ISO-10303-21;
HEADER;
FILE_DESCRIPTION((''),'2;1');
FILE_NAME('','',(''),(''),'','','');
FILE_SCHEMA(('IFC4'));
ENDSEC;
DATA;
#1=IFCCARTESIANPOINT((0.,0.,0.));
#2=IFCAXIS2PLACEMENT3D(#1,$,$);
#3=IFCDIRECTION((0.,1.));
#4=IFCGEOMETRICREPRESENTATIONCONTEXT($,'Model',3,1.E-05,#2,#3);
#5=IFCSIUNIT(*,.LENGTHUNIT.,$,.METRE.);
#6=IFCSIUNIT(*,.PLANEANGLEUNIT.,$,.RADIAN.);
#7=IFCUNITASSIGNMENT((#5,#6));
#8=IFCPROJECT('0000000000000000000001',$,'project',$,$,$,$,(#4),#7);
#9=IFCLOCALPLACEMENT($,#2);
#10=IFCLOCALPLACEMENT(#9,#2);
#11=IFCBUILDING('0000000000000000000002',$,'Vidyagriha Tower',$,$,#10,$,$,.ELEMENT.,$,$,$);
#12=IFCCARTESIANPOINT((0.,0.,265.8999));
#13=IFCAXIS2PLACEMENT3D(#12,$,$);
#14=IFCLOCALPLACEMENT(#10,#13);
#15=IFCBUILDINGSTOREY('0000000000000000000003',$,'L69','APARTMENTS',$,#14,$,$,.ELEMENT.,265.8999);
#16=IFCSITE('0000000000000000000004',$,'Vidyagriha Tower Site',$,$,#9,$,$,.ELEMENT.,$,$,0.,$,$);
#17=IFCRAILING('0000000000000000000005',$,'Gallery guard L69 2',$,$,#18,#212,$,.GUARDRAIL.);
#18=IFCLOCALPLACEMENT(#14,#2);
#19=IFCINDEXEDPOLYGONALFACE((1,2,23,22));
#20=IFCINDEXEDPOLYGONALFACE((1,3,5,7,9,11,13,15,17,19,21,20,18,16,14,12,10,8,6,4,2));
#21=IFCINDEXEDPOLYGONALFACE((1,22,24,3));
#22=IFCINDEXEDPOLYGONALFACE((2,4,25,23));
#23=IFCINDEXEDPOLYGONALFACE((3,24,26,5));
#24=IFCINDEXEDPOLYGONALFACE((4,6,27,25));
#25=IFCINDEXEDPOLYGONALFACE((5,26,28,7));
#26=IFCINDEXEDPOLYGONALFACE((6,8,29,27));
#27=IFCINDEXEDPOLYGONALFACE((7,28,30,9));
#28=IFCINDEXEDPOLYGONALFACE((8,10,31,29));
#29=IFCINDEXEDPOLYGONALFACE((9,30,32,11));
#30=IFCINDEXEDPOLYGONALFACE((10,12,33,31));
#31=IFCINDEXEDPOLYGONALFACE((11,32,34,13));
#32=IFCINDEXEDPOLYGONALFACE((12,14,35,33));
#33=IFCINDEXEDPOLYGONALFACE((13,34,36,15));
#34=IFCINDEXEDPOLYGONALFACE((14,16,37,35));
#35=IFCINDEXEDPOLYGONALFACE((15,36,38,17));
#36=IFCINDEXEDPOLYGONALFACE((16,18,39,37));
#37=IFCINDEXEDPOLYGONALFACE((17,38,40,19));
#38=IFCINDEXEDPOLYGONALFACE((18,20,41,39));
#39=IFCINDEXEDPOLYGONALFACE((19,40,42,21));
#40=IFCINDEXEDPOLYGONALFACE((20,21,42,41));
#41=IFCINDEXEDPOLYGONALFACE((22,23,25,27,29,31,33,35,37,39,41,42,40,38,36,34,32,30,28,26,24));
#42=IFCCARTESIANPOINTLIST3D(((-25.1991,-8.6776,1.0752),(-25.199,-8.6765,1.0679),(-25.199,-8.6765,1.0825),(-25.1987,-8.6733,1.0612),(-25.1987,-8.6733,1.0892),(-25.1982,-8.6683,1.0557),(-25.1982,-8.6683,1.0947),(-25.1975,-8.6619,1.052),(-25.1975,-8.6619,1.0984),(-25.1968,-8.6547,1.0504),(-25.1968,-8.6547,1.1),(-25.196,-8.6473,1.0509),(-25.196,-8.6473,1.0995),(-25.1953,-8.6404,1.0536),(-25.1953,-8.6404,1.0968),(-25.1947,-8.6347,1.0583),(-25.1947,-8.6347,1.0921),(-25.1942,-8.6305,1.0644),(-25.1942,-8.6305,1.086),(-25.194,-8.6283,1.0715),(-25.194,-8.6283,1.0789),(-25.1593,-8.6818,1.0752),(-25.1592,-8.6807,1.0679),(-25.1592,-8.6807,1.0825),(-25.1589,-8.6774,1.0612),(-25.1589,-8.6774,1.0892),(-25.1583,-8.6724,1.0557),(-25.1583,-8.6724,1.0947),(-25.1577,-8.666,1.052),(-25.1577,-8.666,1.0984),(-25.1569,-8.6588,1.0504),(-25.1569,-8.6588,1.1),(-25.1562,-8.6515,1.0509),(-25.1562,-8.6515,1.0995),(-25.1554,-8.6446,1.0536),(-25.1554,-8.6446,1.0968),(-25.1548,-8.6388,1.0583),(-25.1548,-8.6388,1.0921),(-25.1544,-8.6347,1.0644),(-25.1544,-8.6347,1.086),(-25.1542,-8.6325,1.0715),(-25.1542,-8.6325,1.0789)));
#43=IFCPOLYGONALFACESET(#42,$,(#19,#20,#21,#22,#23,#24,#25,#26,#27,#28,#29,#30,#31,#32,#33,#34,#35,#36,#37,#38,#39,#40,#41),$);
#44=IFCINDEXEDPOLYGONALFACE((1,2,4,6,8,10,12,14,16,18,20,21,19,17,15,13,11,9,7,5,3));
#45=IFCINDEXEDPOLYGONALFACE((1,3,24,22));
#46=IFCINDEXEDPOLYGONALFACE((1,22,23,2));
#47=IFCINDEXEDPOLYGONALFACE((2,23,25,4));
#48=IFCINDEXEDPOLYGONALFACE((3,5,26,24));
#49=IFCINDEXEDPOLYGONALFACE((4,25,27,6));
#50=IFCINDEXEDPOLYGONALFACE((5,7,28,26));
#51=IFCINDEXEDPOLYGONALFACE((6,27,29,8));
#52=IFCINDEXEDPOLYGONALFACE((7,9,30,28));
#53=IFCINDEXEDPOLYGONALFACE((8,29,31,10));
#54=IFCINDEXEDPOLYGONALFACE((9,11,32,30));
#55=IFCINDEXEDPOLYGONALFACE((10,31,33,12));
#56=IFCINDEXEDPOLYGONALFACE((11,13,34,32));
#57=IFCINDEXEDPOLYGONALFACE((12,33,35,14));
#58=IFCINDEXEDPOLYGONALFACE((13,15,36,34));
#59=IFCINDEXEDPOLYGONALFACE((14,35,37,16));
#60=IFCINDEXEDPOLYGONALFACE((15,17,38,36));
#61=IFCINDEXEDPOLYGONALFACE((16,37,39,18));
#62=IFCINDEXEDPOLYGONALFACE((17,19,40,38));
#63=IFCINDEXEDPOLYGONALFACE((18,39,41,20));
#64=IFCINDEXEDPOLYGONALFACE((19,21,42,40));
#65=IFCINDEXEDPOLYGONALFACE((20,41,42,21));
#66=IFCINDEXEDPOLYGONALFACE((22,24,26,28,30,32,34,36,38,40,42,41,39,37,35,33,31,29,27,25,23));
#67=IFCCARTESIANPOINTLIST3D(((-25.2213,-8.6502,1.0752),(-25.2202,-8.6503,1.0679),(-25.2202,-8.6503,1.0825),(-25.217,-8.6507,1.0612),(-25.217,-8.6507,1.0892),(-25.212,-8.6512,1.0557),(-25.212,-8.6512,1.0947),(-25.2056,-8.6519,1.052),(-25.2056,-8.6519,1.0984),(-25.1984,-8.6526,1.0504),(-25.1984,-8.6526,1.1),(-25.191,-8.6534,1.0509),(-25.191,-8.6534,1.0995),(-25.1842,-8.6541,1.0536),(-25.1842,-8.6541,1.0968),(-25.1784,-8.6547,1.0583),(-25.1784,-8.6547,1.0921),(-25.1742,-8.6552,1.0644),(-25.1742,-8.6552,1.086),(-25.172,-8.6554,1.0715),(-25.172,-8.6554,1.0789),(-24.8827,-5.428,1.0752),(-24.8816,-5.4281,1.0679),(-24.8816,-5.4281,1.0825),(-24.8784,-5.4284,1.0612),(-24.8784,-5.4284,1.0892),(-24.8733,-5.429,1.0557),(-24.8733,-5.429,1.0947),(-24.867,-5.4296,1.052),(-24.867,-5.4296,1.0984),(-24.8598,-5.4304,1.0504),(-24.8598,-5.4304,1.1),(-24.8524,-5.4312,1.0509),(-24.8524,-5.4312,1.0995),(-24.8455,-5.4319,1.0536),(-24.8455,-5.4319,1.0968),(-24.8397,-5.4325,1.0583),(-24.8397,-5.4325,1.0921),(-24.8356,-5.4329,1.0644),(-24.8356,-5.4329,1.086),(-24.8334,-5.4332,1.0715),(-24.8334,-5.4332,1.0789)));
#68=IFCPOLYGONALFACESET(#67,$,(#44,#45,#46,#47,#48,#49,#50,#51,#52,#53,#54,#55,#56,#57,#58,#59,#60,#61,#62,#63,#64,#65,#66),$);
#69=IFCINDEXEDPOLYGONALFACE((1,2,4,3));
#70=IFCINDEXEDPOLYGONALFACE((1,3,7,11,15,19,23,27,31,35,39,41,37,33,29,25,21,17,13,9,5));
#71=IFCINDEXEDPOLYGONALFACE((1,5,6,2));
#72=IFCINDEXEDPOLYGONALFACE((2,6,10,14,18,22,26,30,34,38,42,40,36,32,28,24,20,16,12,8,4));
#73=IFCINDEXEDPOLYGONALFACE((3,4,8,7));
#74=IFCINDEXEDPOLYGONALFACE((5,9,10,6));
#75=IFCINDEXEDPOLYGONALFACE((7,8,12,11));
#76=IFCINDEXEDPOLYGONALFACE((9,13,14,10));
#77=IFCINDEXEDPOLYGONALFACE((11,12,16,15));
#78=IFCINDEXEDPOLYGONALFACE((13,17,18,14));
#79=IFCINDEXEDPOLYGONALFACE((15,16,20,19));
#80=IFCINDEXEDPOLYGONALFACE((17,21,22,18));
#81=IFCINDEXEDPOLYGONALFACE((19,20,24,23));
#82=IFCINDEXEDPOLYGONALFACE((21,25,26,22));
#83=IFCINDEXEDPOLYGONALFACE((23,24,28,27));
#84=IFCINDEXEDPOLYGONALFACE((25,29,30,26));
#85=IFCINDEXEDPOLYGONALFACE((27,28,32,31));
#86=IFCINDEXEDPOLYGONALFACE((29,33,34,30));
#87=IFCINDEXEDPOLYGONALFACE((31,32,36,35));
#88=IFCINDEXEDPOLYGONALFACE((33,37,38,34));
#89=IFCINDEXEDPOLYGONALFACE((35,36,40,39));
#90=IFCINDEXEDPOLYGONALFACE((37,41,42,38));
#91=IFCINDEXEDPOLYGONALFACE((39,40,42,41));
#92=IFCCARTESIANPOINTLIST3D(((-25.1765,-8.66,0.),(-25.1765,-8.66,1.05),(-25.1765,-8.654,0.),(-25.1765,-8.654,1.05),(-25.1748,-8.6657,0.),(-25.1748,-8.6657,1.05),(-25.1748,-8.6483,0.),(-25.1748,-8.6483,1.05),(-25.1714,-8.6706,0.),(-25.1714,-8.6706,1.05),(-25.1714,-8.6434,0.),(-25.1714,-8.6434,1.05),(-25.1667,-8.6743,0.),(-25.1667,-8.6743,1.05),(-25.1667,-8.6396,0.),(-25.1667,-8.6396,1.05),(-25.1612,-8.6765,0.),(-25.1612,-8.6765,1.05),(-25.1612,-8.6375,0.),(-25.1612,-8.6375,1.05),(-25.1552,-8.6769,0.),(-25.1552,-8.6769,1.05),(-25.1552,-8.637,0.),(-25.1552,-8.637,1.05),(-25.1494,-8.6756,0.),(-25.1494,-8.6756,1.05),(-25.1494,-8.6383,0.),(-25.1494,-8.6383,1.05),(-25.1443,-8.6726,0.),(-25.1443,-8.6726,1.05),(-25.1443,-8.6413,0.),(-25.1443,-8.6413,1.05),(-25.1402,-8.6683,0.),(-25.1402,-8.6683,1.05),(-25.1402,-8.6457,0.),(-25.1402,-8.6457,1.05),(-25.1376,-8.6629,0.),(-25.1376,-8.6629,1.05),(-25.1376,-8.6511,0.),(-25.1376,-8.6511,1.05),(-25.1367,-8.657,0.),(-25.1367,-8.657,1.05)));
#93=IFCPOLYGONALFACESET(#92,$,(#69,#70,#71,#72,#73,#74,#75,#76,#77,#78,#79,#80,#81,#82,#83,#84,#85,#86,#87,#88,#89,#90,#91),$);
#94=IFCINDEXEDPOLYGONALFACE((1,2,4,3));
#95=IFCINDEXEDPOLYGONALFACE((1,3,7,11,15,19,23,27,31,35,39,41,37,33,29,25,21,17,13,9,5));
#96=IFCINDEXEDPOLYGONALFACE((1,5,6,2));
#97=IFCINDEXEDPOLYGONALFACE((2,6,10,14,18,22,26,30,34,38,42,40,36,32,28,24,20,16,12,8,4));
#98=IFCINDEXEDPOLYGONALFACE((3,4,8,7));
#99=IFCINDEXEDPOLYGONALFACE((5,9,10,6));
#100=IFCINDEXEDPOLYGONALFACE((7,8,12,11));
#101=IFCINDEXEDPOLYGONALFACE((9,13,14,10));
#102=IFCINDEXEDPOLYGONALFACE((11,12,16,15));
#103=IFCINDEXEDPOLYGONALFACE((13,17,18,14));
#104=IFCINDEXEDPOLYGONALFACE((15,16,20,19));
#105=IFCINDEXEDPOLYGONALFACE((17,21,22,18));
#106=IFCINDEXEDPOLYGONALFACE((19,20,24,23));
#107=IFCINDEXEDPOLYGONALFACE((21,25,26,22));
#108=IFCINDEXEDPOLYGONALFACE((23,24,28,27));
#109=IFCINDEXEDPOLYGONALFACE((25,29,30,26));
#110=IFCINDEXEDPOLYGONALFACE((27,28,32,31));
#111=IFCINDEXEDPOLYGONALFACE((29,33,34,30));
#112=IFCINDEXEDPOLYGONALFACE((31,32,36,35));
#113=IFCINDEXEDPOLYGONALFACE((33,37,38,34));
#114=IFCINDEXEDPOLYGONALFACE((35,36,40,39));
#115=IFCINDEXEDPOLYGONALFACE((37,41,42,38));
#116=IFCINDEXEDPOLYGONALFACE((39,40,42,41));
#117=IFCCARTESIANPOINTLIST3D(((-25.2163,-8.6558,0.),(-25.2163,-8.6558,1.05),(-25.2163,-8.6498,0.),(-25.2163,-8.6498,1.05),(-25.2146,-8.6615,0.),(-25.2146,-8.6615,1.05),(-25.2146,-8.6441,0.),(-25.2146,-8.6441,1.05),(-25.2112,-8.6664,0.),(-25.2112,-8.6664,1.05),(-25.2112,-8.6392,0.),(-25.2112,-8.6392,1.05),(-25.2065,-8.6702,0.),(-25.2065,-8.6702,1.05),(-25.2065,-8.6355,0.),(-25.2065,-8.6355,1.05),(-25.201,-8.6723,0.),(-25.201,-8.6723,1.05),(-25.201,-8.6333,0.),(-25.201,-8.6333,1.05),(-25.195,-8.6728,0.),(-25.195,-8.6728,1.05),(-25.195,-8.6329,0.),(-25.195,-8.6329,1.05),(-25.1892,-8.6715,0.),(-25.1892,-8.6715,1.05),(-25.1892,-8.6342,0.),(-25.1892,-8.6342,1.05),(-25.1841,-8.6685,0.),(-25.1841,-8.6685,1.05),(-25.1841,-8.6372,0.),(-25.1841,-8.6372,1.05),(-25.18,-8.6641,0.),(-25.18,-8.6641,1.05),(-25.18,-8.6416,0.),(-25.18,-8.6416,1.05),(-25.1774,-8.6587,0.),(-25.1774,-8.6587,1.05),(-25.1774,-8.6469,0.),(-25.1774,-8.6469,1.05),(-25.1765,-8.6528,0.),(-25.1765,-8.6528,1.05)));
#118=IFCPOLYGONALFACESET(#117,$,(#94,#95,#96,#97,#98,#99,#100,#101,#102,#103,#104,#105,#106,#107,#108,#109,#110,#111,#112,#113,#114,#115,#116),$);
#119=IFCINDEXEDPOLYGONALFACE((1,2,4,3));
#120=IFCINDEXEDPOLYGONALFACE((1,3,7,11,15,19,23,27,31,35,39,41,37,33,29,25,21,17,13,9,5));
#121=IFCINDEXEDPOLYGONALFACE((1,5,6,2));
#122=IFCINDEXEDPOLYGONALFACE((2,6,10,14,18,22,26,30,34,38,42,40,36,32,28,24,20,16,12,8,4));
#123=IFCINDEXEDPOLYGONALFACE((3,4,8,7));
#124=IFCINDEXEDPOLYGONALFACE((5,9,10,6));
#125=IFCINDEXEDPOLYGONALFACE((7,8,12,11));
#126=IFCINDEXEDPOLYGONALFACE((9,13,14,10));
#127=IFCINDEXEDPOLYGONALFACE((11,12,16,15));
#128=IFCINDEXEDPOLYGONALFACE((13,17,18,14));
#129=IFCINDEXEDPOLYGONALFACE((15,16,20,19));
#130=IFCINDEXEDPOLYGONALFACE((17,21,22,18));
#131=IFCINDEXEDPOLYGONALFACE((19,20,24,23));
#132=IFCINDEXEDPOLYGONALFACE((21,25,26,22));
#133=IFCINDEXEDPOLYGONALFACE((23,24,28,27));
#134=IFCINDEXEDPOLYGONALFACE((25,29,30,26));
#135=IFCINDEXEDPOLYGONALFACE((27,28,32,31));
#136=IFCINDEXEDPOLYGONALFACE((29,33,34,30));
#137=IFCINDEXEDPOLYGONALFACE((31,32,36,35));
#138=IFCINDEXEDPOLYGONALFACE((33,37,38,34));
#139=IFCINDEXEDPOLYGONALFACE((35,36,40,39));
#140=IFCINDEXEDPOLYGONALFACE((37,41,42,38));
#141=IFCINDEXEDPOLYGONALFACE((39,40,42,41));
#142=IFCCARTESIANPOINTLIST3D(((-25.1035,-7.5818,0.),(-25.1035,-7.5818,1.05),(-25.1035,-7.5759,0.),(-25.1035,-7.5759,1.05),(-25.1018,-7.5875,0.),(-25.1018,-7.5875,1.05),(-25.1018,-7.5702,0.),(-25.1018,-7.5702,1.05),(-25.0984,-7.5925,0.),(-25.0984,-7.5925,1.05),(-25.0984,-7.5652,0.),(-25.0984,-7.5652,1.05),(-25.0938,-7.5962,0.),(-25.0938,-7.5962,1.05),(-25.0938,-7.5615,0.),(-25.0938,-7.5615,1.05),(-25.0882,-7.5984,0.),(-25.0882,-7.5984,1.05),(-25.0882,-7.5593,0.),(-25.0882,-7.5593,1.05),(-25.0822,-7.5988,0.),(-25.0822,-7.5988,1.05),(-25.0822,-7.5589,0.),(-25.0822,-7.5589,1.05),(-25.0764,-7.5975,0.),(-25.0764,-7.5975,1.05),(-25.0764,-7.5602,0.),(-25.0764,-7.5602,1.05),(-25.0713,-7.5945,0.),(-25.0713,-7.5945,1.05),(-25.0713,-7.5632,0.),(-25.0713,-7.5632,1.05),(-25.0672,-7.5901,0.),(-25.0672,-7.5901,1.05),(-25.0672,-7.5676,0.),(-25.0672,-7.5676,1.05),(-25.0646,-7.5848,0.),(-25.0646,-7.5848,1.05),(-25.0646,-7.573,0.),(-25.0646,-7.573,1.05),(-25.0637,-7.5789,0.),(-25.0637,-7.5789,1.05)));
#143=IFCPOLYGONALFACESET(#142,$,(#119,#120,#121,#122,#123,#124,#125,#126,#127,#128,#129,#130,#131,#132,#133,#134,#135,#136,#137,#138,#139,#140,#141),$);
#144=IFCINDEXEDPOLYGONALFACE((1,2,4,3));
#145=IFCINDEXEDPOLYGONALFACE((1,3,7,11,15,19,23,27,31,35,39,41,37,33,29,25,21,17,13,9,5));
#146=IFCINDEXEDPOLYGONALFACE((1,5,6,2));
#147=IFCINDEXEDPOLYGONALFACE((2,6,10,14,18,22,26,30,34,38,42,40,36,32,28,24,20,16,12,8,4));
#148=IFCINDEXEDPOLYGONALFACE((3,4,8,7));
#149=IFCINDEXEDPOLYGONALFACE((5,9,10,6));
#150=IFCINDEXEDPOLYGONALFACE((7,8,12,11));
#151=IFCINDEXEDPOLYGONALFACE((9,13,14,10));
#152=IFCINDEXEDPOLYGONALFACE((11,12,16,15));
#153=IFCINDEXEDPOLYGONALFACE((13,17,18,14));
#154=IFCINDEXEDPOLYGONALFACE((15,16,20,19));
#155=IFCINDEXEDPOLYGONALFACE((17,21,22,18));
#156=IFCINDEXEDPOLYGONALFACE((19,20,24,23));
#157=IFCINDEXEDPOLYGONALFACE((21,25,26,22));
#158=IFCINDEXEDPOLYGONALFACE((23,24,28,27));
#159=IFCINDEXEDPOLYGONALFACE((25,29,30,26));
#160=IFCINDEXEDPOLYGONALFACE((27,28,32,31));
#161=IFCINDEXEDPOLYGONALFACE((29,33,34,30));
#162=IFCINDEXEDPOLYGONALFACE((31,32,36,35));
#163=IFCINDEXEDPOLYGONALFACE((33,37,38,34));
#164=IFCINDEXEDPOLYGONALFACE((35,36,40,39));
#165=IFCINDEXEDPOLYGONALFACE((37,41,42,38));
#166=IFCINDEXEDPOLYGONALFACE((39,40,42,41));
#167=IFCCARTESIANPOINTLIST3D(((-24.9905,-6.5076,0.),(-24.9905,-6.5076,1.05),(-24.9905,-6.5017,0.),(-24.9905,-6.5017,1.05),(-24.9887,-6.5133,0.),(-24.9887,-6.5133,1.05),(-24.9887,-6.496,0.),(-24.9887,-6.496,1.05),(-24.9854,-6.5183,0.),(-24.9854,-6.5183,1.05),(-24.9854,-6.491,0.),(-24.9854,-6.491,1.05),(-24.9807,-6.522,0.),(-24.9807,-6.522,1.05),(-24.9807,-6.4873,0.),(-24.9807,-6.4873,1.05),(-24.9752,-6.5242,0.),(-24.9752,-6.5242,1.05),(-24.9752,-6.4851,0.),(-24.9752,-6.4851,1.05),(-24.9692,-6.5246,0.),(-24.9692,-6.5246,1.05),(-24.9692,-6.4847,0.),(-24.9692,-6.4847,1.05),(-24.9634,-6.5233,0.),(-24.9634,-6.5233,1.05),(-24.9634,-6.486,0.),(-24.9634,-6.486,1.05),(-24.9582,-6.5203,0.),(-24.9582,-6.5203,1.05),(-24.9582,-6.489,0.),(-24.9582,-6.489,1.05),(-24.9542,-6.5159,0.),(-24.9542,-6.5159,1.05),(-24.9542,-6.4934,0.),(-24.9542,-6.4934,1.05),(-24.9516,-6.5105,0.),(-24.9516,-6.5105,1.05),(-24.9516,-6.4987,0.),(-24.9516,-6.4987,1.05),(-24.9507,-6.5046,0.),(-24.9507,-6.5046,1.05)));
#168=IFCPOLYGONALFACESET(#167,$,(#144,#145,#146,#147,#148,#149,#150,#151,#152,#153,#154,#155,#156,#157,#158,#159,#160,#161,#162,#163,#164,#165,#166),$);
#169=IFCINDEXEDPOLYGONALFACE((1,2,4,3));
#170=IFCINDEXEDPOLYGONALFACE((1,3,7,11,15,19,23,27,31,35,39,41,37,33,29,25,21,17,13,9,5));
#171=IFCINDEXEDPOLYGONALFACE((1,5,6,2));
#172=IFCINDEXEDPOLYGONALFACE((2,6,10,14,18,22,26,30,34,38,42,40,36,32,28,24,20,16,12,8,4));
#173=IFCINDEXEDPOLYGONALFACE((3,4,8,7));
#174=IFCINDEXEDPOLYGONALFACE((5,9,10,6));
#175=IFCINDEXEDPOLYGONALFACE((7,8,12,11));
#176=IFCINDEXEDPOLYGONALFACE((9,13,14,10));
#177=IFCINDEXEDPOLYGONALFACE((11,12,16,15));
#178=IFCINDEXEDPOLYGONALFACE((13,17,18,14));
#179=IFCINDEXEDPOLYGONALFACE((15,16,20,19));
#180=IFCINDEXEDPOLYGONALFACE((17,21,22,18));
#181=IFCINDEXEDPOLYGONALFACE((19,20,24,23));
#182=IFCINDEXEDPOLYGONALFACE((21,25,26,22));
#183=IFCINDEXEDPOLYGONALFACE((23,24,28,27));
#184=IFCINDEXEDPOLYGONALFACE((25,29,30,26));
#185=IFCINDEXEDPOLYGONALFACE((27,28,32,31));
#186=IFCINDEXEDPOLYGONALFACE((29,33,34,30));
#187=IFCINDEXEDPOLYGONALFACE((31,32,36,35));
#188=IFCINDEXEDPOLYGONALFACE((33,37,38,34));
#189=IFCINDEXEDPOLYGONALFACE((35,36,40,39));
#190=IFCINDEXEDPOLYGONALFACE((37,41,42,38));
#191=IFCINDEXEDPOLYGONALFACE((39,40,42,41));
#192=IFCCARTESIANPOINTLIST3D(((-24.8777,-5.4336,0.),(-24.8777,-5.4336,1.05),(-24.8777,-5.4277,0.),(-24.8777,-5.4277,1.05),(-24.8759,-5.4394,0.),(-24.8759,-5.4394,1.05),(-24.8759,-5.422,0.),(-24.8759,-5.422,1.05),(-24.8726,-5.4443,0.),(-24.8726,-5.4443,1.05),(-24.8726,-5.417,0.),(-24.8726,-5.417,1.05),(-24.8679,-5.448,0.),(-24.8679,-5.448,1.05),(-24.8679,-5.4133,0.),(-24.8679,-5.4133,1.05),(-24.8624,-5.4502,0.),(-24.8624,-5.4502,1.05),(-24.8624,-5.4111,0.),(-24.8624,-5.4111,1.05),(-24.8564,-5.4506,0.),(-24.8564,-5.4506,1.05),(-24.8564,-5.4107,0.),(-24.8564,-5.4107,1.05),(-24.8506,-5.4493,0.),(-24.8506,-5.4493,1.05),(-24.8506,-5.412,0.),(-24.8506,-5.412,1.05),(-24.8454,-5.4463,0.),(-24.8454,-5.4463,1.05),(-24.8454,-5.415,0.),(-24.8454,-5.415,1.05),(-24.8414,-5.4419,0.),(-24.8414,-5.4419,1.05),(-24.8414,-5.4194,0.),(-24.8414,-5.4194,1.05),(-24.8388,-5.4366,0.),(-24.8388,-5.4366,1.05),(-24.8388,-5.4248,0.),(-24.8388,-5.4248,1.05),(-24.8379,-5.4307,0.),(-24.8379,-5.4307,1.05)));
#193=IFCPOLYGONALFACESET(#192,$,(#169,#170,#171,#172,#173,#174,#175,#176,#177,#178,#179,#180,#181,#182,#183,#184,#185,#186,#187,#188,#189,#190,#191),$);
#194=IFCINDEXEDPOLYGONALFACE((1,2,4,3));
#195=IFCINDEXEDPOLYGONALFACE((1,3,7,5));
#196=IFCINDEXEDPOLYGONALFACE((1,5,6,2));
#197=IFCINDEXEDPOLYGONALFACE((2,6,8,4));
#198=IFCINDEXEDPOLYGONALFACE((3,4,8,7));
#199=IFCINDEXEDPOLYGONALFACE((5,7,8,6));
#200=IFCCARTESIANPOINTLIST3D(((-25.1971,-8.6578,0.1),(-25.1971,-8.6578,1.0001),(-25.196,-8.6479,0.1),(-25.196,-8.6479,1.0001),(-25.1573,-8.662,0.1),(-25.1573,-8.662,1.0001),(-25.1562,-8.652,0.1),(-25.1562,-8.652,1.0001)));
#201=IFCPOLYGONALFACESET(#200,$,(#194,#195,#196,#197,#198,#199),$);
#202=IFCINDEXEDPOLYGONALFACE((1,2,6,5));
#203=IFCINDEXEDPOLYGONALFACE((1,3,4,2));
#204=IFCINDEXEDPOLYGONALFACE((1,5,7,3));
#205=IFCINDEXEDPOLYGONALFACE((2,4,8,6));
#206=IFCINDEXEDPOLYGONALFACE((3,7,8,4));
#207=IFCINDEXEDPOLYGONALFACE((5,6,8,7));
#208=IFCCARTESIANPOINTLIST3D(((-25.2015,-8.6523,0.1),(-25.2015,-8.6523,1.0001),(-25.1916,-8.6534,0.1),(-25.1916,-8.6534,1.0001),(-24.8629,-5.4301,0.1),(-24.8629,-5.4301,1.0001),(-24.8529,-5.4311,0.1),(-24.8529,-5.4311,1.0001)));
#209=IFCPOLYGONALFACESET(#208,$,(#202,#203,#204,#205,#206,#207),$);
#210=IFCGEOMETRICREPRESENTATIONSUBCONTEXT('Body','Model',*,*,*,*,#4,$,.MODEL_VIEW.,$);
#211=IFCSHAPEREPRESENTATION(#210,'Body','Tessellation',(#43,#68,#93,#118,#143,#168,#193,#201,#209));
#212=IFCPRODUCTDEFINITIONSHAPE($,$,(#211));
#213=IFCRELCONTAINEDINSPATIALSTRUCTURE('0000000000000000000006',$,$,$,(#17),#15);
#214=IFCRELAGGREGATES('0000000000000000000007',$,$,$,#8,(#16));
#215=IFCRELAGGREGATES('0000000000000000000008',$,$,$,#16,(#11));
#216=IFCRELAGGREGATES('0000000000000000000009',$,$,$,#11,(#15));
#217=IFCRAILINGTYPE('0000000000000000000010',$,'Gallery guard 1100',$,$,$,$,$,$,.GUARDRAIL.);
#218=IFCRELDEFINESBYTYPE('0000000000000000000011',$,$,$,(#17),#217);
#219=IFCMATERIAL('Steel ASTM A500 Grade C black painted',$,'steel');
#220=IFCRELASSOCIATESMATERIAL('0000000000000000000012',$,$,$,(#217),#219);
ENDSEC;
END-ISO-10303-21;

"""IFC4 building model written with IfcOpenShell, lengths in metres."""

from ifc_helpers import new_model, si_unit, direction, frame, origin, origin_2d, place, context, subcontext, project, spatial, rectangle, circle, extrude, material, type_object, element, save


model = new_model("IFC4")

# Units and contexts
model_context = context("Model", 3, precision=1e-05, world=origin(), true_north=direction((0.0, 1.0)))
body_context = subcontext(model_context, "Body", "Model", "MODEL_VIEW")
ifc_project = project(units=[si_unit("LENGTHUNIT", "METRE"), si_unit("PLANEANGLEUNIT", "RADIAN")], contexts=[model_context])

# Site, building, storey
site_placement = place(None, origin())
site = spatial("IfcSite", under=ifc_project, at=site_placement, Name="Vidyagriha Tower Site", CompositionType="ELEMENT", RefElevation=0.0)
building_placement = place(site_placement, origin())
building = spatial("IfcBuilding", under=site, at=building_placement, Name="Vidyagriha Tower", CompositionType="ELEMENT")
storey_placement = place(building_placement, frame((0.0, 0.0, 265.8999)))
storey = spatial("IfcBuildingStorey", under=building, at=storey_placement, Name="L69", Description="APARTMENTS", CompositionType="ELEMENT", Elevation=265.8999)

# Railing
ifc_material_1 = material(Name="Steel ASTM A500 Grade C black painted", Category="steel")
railing_type_1 = type_object("IfcRailingType", Name="Gallery guard 1100", PredefinedType="GUARDRAIL", material=ifc_material_1)
railing_1_placement = place(storey_placement, frame((-25.1567, -8.657, 0.0)))
element("IfcRailing", 1, at=railing_1_placement, inside=storey, type_object=railing_type_1, Name="Gallery guard L69 2", PredefinedType="GUARDRAIL", context=body_context, shape_type="SweptSolid", body=[
    extrude(circle(Radius=0.0249, at=origin_2d()), frame((0.0, 0.0, 1.0752), z_axis=(-0.994605, 0.103732, 0.0), x_axis=(-0.103732, -0.994605, 0.0)), (0.0, 0.0, 1.0), 0.04),
    extrude(circle(Radius=0.0249, at=origin_2d()), frame((-0.0398, 0.0042, 1.0752), z_axis=(0.104516, 0.994523, 0.0), x_axis=(-0.994523, 0.104516, 0.0)), (0.0, 0.0, 1.0), 3.24),
    extrude(circle(Radius=0.02, at=origin_2d()), origin(), (0.0, 0.0, 1.0), 1.05),
    extrude(circle(Radius=0.02, at=origin_2d()), frame((-0.0398, 0.0042, 0.0)), (0.0, 0.0, 1.0), 1.05),
    extrude(circle(Radius=0.02, at=origin_2d()), frame((0.073, 1.0781, 0.0)), (0.0, 0.0, 1.0), 1.05),
    extrude(circle(Radius=0.02, at=origin_2d()), frame((0.186, 2.1523, 0.0)), (0.0, 0.0, 1.0), 1.05),
    extrude(circle(Radius=0.02, at=origin_2d()), frame((0.2988, 3.2263, 0.0)), (0.0, 0.0, 1.0), 1.05),
    extrude(rectangle(XDim=0.01, YDim=0.9001, at=origin_2d()), frame((0.0, 0.0, 0.55), z_axis=(-0.994605, 0.103732, 0.0), x_axis=(-0.103732, -0.994605, 0.0)), (0.0, 0.0, 1.0), 0.04),
    extrude(rectangle(XDim=0.01, YDim=0.9001, at=origin_2d()), frame((-0.0398, 0.0042, 0.55), z_axis=(0.104516, 0.994523, 0.0), x_axis=(-0.994523, 0.104516, 0.0)), (0.0, 0.0, 1.0), 3.24),
])

save(model, "model.ifc")
